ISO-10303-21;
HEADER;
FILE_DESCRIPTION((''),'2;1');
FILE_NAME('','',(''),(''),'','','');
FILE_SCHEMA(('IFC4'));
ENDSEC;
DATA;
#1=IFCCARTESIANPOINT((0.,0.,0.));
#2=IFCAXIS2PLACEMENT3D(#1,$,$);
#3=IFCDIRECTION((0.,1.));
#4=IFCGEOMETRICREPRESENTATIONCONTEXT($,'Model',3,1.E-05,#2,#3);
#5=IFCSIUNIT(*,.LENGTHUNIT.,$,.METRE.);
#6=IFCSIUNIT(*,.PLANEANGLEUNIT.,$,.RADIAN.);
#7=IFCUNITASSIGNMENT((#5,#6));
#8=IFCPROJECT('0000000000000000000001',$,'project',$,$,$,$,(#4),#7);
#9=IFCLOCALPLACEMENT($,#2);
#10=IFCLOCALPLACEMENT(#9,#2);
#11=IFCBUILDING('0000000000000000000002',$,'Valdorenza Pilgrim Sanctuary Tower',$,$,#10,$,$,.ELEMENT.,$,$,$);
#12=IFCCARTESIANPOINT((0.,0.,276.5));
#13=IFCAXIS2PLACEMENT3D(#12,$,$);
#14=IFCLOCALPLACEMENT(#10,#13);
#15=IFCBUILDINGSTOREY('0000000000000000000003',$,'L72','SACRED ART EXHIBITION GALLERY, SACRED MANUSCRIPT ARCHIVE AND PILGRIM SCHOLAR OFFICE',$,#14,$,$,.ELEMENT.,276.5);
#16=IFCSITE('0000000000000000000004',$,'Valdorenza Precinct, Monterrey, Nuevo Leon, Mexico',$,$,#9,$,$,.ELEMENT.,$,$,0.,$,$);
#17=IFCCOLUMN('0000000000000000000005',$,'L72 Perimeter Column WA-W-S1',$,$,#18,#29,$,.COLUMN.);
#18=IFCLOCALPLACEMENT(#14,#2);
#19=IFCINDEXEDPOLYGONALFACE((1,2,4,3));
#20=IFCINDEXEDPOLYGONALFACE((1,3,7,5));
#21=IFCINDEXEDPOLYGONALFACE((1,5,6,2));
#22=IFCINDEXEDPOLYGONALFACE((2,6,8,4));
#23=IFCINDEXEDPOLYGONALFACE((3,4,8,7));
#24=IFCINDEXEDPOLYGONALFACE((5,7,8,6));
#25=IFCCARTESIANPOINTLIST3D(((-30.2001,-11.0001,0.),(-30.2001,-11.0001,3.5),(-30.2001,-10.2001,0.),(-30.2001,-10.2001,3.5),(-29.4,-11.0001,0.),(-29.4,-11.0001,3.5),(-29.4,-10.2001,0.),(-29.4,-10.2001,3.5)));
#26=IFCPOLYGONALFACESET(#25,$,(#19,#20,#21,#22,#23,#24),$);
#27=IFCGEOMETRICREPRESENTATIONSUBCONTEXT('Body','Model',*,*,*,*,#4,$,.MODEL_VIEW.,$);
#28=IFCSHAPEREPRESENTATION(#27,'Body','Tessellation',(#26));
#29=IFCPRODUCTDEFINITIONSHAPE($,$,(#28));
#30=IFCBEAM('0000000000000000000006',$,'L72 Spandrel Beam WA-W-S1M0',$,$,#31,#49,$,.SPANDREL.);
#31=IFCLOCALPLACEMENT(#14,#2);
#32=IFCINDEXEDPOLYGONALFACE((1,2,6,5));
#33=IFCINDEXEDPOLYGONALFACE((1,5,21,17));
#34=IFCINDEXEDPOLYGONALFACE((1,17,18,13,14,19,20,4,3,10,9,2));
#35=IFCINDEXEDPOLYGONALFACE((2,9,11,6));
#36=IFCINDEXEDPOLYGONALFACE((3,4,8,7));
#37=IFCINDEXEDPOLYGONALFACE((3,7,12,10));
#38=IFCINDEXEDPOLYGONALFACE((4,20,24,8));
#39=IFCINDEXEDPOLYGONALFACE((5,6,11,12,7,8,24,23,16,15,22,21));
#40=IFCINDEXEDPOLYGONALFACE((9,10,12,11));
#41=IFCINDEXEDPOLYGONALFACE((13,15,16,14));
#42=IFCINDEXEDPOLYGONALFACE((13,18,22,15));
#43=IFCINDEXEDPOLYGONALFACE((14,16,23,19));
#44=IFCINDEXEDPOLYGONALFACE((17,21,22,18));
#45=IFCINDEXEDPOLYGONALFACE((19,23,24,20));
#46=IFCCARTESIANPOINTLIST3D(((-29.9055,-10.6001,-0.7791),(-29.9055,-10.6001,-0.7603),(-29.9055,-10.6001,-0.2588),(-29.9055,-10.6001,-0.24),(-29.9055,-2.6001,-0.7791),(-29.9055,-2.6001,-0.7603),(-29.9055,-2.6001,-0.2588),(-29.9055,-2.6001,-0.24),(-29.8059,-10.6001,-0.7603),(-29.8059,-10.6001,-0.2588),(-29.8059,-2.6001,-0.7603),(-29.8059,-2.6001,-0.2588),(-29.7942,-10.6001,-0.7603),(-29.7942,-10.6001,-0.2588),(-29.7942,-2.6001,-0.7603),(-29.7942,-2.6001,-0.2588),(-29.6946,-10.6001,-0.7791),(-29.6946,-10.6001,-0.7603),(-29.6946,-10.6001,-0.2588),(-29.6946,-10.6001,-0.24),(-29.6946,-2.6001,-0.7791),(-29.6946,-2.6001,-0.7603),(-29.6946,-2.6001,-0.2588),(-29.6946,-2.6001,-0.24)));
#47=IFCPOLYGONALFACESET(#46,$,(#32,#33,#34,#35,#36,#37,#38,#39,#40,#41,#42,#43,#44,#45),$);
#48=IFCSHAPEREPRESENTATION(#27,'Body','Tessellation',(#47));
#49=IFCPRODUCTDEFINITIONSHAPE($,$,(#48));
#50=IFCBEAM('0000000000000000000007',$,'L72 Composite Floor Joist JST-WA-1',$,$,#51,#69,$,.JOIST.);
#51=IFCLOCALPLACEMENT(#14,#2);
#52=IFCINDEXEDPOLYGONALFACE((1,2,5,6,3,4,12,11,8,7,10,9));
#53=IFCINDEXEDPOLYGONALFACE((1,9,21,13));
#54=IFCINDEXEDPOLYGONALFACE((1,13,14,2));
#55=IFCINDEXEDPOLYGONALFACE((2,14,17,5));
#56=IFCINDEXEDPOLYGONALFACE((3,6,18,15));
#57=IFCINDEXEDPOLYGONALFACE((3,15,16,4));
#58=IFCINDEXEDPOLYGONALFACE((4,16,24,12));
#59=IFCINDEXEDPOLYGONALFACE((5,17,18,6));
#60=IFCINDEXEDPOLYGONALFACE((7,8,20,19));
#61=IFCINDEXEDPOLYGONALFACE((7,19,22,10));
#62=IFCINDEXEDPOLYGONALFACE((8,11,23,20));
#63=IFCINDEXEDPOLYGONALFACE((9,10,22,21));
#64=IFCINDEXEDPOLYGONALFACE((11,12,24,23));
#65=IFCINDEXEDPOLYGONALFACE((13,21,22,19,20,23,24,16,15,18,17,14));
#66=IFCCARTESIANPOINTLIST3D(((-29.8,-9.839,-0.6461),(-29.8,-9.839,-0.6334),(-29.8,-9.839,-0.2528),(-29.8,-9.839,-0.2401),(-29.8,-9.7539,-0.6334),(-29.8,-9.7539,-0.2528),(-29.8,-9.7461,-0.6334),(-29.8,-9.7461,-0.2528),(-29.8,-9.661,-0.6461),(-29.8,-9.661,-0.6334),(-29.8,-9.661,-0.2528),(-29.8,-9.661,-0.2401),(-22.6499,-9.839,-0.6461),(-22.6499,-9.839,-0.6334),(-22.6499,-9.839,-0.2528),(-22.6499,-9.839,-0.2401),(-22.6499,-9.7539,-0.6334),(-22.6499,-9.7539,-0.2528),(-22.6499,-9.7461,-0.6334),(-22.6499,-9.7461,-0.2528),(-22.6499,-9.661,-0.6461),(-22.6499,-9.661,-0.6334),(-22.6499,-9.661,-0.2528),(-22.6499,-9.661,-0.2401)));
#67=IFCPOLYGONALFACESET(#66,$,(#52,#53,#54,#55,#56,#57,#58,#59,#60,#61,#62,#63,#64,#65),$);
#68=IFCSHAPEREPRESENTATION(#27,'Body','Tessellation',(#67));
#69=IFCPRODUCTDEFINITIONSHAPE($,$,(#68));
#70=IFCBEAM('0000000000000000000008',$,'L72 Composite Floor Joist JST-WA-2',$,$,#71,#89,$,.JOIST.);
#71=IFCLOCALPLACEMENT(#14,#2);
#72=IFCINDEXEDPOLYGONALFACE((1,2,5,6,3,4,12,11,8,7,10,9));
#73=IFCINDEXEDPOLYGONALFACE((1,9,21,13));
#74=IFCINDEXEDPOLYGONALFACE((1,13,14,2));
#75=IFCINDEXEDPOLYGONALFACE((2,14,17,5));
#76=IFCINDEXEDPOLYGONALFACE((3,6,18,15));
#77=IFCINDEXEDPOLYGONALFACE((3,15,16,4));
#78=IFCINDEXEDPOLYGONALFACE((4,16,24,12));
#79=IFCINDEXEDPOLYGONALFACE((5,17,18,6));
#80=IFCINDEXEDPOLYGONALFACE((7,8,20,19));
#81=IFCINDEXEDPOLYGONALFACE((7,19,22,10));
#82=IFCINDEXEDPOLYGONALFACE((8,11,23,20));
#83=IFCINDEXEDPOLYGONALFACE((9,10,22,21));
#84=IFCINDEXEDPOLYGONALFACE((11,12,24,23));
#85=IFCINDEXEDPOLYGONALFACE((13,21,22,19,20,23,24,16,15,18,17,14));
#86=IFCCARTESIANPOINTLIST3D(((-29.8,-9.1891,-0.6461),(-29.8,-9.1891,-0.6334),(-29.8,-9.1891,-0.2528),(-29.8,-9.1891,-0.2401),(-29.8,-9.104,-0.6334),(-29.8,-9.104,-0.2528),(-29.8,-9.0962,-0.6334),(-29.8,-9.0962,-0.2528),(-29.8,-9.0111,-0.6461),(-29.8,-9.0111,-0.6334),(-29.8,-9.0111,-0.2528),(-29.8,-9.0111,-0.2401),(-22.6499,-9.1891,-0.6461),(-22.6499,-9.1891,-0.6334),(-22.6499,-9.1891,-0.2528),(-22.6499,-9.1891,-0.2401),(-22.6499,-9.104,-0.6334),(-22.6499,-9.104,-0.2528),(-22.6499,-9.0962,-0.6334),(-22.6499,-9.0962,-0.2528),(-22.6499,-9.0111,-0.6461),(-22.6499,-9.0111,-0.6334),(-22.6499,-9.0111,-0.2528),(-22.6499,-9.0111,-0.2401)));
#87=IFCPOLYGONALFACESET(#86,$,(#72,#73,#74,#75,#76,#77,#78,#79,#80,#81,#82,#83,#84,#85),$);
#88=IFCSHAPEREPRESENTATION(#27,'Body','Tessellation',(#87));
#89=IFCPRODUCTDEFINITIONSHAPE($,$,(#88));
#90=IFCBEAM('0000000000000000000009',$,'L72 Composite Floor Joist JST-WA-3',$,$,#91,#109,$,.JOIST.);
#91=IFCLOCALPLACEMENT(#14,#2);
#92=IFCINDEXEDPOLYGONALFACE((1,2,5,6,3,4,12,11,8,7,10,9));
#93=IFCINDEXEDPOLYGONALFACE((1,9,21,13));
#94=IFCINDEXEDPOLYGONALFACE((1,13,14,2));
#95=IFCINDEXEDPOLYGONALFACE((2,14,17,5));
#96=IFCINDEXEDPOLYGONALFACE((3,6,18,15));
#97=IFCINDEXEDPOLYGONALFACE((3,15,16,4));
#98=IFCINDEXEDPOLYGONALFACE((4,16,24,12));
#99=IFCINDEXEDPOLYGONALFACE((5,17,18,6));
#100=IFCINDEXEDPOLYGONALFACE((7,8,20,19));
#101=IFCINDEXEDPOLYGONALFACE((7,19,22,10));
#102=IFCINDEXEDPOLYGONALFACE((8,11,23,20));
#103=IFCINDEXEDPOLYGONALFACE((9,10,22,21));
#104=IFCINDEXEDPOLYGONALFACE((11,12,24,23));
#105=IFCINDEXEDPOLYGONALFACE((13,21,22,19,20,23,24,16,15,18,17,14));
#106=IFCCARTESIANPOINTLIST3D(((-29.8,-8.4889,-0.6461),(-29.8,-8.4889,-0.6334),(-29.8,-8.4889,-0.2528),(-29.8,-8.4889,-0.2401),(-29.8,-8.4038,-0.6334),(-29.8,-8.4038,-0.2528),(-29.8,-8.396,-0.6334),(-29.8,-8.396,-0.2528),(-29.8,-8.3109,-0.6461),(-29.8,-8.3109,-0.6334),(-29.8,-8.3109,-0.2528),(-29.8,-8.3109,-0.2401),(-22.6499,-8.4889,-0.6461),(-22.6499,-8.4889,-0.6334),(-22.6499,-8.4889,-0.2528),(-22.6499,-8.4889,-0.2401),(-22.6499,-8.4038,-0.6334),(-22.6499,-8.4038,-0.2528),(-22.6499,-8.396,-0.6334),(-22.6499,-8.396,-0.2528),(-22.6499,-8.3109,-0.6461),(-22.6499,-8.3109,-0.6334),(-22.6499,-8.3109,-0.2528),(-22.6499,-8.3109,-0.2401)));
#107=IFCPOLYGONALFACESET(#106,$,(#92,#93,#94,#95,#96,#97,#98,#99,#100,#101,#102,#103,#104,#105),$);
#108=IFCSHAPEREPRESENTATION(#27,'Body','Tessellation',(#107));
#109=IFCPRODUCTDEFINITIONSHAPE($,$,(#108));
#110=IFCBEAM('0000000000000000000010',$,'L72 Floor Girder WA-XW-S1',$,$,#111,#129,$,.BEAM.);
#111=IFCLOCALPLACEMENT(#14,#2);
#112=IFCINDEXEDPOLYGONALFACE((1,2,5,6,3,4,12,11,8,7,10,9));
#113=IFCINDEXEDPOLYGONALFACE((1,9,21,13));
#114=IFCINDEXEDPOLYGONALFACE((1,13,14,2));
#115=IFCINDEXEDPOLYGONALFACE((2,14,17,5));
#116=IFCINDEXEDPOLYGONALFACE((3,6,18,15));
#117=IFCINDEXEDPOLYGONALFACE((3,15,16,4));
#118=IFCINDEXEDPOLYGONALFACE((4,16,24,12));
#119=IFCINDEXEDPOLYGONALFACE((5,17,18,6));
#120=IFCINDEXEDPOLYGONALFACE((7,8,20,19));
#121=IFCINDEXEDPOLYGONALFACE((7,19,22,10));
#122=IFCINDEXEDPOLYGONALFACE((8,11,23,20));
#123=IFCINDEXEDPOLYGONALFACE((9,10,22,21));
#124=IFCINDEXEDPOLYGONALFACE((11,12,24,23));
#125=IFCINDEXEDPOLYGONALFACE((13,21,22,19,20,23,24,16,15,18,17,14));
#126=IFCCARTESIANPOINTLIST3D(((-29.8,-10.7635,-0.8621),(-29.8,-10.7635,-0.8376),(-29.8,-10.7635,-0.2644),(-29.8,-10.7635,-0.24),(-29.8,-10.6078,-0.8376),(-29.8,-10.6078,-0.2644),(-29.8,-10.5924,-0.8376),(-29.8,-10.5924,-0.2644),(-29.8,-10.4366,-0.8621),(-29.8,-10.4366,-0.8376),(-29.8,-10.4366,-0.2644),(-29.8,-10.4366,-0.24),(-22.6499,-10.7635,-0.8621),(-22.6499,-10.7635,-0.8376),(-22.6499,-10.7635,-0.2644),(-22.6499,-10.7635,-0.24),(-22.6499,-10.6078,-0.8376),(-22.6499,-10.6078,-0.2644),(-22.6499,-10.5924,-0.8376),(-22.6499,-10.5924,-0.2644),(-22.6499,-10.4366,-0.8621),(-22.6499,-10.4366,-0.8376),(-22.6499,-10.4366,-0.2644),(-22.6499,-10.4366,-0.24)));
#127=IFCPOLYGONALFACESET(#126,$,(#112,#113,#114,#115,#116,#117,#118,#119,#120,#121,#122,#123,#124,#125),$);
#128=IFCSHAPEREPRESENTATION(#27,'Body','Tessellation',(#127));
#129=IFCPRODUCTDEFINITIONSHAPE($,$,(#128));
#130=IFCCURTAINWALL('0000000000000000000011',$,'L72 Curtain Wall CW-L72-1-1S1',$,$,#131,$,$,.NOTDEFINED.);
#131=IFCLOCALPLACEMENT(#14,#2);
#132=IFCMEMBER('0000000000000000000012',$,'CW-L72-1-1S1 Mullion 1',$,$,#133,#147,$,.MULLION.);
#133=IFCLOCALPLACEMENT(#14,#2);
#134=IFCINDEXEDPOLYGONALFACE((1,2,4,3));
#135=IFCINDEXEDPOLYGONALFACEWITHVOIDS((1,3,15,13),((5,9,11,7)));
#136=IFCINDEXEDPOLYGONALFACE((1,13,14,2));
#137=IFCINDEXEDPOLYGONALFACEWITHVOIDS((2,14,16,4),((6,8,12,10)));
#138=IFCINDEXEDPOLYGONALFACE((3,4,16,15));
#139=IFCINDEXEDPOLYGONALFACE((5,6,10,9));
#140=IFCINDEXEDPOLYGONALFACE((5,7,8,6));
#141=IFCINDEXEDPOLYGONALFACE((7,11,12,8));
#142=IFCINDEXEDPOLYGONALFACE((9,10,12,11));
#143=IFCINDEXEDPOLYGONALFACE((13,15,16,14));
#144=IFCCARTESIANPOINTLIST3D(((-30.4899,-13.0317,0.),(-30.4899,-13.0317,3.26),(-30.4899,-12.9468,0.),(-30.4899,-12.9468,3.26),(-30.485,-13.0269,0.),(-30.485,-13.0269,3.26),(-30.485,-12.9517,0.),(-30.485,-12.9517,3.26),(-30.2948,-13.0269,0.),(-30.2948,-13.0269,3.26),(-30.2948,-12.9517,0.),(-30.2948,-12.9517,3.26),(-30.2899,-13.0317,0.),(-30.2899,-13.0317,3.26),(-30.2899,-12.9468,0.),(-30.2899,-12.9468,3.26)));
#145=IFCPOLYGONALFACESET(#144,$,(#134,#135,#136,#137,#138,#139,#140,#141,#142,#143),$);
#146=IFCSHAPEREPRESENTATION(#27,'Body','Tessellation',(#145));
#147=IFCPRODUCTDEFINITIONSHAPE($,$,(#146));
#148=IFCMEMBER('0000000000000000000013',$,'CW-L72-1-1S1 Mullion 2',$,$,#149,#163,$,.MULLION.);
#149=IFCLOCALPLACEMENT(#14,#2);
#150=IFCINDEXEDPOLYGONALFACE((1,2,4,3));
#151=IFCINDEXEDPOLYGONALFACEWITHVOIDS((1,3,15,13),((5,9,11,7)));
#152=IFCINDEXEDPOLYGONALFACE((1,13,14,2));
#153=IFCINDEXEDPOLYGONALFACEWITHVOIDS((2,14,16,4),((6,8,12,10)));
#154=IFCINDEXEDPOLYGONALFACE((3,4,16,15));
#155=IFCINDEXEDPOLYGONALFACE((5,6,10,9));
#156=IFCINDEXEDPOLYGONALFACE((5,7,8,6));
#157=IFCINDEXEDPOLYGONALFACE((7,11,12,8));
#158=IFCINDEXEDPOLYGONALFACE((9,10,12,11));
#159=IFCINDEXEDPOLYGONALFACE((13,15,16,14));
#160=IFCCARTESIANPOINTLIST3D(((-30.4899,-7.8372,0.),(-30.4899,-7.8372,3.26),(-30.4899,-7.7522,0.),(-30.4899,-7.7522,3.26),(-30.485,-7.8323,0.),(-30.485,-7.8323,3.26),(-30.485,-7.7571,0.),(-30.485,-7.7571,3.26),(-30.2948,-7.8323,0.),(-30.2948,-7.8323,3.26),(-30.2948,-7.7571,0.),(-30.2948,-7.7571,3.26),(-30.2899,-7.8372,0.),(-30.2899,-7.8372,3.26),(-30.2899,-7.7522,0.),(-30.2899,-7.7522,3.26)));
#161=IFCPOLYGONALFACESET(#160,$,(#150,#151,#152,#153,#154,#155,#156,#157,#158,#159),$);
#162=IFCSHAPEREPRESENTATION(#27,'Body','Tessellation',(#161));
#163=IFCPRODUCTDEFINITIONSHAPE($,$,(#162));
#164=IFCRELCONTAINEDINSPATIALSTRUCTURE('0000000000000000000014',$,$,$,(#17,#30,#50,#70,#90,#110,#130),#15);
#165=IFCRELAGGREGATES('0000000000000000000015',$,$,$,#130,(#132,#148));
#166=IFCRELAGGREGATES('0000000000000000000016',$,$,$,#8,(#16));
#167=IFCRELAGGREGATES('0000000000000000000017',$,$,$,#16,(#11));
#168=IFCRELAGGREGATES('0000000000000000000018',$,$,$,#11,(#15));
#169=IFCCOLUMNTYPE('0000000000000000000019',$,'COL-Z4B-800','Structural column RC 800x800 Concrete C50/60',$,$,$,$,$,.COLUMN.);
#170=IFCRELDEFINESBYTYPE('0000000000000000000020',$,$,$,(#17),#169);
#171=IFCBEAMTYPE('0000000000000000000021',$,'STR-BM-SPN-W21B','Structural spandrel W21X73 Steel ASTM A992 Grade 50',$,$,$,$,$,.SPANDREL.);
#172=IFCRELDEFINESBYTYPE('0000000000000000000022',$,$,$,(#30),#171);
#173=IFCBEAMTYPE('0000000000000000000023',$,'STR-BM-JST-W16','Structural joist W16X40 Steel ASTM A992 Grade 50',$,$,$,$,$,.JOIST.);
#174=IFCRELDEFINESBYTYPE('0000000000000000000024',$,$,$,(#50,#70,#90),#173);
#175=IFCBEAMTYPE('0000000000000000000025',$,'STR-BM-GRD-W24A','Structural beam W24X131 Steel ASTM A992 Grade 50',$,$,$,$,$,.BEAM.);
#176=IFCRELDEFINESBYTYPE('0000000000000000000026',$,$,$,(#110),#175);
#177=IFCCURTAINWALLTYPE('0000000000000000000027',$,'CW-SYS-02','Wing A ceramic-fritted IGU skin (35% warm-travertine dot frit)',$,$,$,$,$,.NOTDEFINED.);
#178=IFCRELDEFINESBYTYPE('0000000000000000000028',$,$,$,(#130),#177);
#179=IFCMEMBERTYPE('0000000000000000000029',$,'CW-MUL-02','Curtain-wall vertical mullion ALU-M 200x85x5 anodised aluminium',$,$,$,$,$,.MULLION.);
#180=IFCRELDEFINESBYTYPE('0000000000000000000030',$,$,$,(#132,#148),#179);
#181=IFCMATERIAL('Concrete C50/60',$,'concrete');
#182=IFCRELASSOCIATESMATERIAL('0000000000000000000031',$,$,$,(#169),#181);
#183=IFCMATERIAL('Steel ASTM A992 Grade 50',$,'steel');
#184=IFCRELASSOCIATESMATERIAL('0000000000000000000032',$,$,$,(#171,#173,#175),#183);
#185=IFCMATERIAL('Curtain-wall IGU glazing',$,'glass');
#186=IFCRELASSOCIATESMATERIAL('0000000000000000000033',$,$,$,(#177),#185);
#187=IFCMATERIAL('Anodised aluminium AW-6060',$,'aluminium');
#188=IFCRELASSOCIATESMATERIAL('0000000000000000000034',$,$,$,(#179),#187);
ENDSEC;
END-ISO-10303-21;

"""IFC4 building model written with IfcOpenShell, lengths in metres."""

from ifc_helpers import new_model, si_unit, direction, frame, origin, origin_2d, place, context, subcontext, project, spatial, rectangle, hollow_rectangle, i_section, extrude, source, transform, mapped, material, material_profile, profile_set, type_object, element, aggregate, save


model = new_model("IFC4")

# Units and contexts
model_context = context("Model", 3, precision=1e-05, world=origin(), true_north=direction((0.0, 1.0)))
body_context = subcontext(model_context, "Body", "Model", "MODEL_VIEW")
ifc_project = project(units=[si_unit("LENGTHUNIT", "METRE"), si_unit("PLANEANGLEUNIT", "RADIAN")], contexts=[model_context])

# Site, building, storey
site_placement = place(None, origin())
site = spatial("IfcSite", under=ifc_project, at=site_placement, Name="Valdorenza Precinct, Monterrey, Nuevo Leon, Mexico", CompositionType="ELEMENT", RefElevation=0.0)
building_placement = place(site_placement, origin())
building = spatial("IfcBuilding", under=site, at=building_placement, Name="Valdorenza Pilgrim Sanctuary Tower", CompositionType="ELEMENT")
storey_placement = place(building_placement, frame((0.0, 0.0, 276.5)))
storey = spatial("IfcBuildingStorey", under=building, at=storey_placement, Name="L72", Description="SACRED ART EXHIBITION GALLERY, SACRED MANUSCRIPT ARCHIVE AND PILGRIM SCHOLAR OFFICE", CompositionType="ELEMENT", Elevation=276.5)

# Column
ifc_material_1 = material(Name="Concrete C50/60", Category="concrete")
ifc_material_profile_1 = material_profile(ifc_material_1, rectangle(XDim=0.8, YDim=0.8, at=origin_2d()), Name="RC 800x800")
ifc_profile_set_1 = profile_set([ifc_material_profile_1], Name="Concrete C50/60")
column_type = type_object("IfcColumnType", Name="COL-Z4B-800", Description="Structural column RC 800x800 Concrete C50/60", PredefinedType="COLUMN", material=ifc_profile_set_1)
shared_shape_1 = source(origin(), body_context, "Body", "SweptSolid", [
    extrude(rectangle(XDim=0.8, YDim=0.8, at=origin_2d()), origin(), (0.0, 0.0, 1.0), 3.5),
])
column_placement = place(storey_placement, frame((-29.8, -10.6001, 0.0), z_axis=(0.0, 0.0, 1.0), x_axis=(1.0, 0.0, 0.0)))
element("IfcColumn", 1, at=column_placement, inside=storey, type_object=column_type, Name="L72 Perimeter Column WA-W-S1", PredefinedType="COLUMN", context=body_context, shape_type="MappedRepresentation", body=[
    mapped(shared_shape_1, transform((0.0, 0.0, 0.0), x_axis=(1.0, 0.0, 0.0), y_axis=(0.0, 1.0, 0.0), z_axis=(0.0, 0.0, 1.0), scale=1.0)),
])

# Beams
ifc_material_2 = material(Name="Steel ASTM A992 Grade 50", Category="steel")
ifc_material_profile_2 = material_profile(ifc_material_2, i_section(OverallWidth=0.2109, OverallDepth=0.5391, WebThickness=0.0117, FlangeThickness=0.0188, at=origin_2d()), Name="W21X73")
ifc_profile_set_2 = profile_set([ifc_material_profile_2], Name="Steel ASTM A992 Grade 50")
beam_type_1 = type_object("IfcBeamType", Name="STR-BM-SPN-W21B", Description="Structural spandrel W21X73 Steel ASTM A992 Grade 50", PredefinedType="SPANDREL", material=ifc_profile_set_2)
shared_shape_2 = source(origin(), body_context, "Body", "SweptSolid", [
    extrude(i_section(OverallWidth=0.2109, OverallDepth=0.5391, WebThickness=0.0117, FlangeThickness=0.0188, at=origin_2d()), origin(), (0.0, 0.0, 1.0), 8.0),
])
beam_1_placement = place(storey_placement, frame((-29.8, -10.6001, -0.5095), z_axis=(0.0, 1.0, 0.0), x_axis=(-1.0, 0.0, 0.0)))
element("IfcBeam", 2, at=beam_1_placement, inside=storey, type_object=beam_type_1, Name="L72 Spandrel Beam WA-W-S1M0", PredefinedType="SPANDREL", context=body_context, shape_type="MappedRepresentation", body=[
    mapped(shared_shape_2, transform((0.0, 0.0, 0.0), x_axis=(1.0, 0.0, 0.0), y_axis=(0.0, 1.0, 0.0), z_axis=(0.0, 0.0, 1.0), scale=1.0)),
])
ifc_material_profile_3 = material_profile(ifc_material_2, i_section(OverallWidth=0.178, OverallDepth=0.406, WebThickness=0.0078, FlangeThickness=0.0127, at=origin_2d()), Name="W16X40")
ifc_profile_set_3 = profile_set([ifc_material_profile_3], Name="Steel ASTM A992 Grade 50")
beam_type_2 = type_object("IfcBeamType", Name="STR-BM-JST-W16", Description="Structural joist W16X40 Steel ASTM A992 Grade 50", PredefinedType="JOIST", material=ifc_profile_set_3)
shared_shape_3 = source(origin(), body_context, "Body", "SweptSolid", [
    extrude(i_section(OverallWidth=0.178, OverallDepth=0.406, WebThickness=0.0078, FlangeThickness=0.0127, at=origin_2d()), origin(), (0.0, 0.0, 1.0), 7.1501),
])
for number, where, z_axis, x_axis, name in (
    (3, (-29.8, -9.75, -0.4431), (1.0, 0.0, 0.0), (0.0, 1.0, 0.0), "L72 Composite Floor Joist JST-WA-1"),
    (4, (-29.8, -9.1001, -0.4431), (1.0, 0.0, 0.0), (0.0, 1.0, 0.0), "L72 Composite Floor Joist JST-WA-2"),
    (5, (-29.8, -8.3999, -0.4431), (1.0, 0.0, 0.0), (0.0, 1.0, 0.0), "L72 Composite Floor Joist JST-WA-3"),
):
    element("IfcBeam", number, at=place(storey_placement, frame(where, z_axis=z_axis, x_axis=x_axis)), inside=storey, type_object=beam_type_2, Name=name, PredefinedType="JOIST", context=body_context, shape_type="MappedRepresentation", body=[
        mapped(shared_shape_3, transform((0.0, 0.0, 0.0), x_axis=(1.0, 0.0, 0.0), y_axis=(0.0, 1.0, 0.0), z_axis=(0.0, 0.0, 1.0), scale=1.0)),
    ])
ifc_material_profile_4 = material_profile(ifc_material_2, i_section(OverallWidth=0.3269, OverallDepth=0.6221, WebThickness=0.0154, FlangeThickness=0.0244, at=origin_2d()), Name="W24X131")
ifc_profile_set_4 = profile_set([ifc_material_profile_4], Name="Steel ASTM A992 Grade 50")
beam_type_3 = type_object("IfcBeamType", Name="STR-BM-GRD-W24A", Description="Structural beam W24X131 Steel ASTM A992 Grade 50", PredefinedType="BEAM", material=ifc_profile_set_4)
shared_shape_4 = source(origin(), body_context, "Body", "SweptSolid", [
    extrude(i_section(OverallWidth=0.3269, OverallDepth=0.6221, WebThickness=0.0154, FlangeThickness=0.0244, at=origin_2d()), origin(), (0.0, 0.0, 1.0), 7.1501),
])
beam_2_placement = place(storey_placement, frame((-29.8, -10.6001, -0.551), z_axis=(1.0, 0.0, 0.0), x_axis=(0.0, 1.0, 0.0)))
element("IfcBeam", 6, at=beam_2_placement, inside=storey, type_object=beam_type_3, Name="L72 Floor Girder WA-XW-S1", PredefinedType="BEAM", context=body_context, shape_type="MappedRepresentation", body=[
    mapped(shared_shape_4, transform((0.0, 0.0, 0.0), x_axis=(1.0, 0.0, 0.0), y_axis=(0.0, 1.0, 0.0), z_axis=(0.0, 0.0, 1.0), scale=1.0)),
])

# Curtain wall, members
ifc_material_3 = material(Name="Curtain-wall IGU glazing", Category="glass")
curtain_wall_type = type_object("IfcCurtainWallType", Name="CW-SYS-02", Description="Wing A ceramic-fritted IGU skin (35% warm-travertine dot frit)", PredefinedType="NOTDEFINED", material=ifc_material_3)
curtain_wall_placement = place(storey_placement, origin())
curtain_wall = element("IfcCurtainWall", 7, at=curtain_wall_placement, inside=storey, type_object=curtain_wall_type, Name="L72 Curtain Wall CW-L72-1-1S1", PredefinedType="NOTDEFINED")
ifc_material_4 = material(Name="Anodised aluminium AW-6060", Category="aluminium")
ifc_material_profile_5 = material_profile(ifc_material_4, hollow_rectangle(XDim=0.085, YDim=0.2, WallThickness=0.0049, at=origin_2d()), Name="ALU-M 200x85x5")
ifc_profile_set_5 = profile_set([ifc_material_profile_5], Name="Anodised aluminium AW-6060")
member_type_1 = type_object("IfcMemberType", Name="CW-MUL-02", Description="Curtain-wall vertical mullion ALU-M 200x85x5 anodised aluminium", PredefinedType="MULLION", material=ifc_profile_set_5)
shared_shape_5 = source(origin(), body_context, "Body", "SweptSolid", [
    extrude(hollow_rectangle(XDim=0.085, YDim=0.2, WallThickness=0.0049, at=origin_2d()), origin(), (0.0, 0.0, 1.0), 3.26),
])
member_1_placement = place(storey_placement, frame((-30.3899, -12.9893, 0.0), z_axis=(0.0, 0.0, 1.0), x_axis=(0.0, 1.0, 0.0)))
member_1 = element("IfcMember", 8, at=member_1_placement, type_object=member_type_1, Name="CW-L72-1-1S1 Mullion 1", PredefinedType="MULLION", context=body_context, shape_type="MappedRepresentation", body=[
    mapped(shared_shape_5, transform((0.0, 0.0, 0.0), x_axis=(1.0, 0.0, 0.0), y_axis=(0.0, 1.0, 0.0), z_axis=(0.0, 0.0, 1.0), scale=1.0)),
])
member_2_placement = place(storey_placement, frame((-30.3899, -7.7947, 0.0), z_axis=(0.0, 0.0, 1.0), x_axis=(0.0, 1.0, 0.0)))
member_2 = element("IfcMember", 9, at=member_2_placement, type_object=member_type_1, Name="CW-L72-1-1S1 Mullion 2", PredefinedType="MULLION", context=body_context, shape_type="MappedRepresentation", body=[
    mapped(shared_shape_5, transform((0.0, 0.0, 0.0), x_axis=(1.0, 0.0, 0.0), y_axis=(0.0, 1.0, 0.0), z_axis=(0.0, 0.0, 1.0), scale=1.0)),
])
aggregate(curtain_wall, [member_1, member_2])

save(model, "model.ifc")
